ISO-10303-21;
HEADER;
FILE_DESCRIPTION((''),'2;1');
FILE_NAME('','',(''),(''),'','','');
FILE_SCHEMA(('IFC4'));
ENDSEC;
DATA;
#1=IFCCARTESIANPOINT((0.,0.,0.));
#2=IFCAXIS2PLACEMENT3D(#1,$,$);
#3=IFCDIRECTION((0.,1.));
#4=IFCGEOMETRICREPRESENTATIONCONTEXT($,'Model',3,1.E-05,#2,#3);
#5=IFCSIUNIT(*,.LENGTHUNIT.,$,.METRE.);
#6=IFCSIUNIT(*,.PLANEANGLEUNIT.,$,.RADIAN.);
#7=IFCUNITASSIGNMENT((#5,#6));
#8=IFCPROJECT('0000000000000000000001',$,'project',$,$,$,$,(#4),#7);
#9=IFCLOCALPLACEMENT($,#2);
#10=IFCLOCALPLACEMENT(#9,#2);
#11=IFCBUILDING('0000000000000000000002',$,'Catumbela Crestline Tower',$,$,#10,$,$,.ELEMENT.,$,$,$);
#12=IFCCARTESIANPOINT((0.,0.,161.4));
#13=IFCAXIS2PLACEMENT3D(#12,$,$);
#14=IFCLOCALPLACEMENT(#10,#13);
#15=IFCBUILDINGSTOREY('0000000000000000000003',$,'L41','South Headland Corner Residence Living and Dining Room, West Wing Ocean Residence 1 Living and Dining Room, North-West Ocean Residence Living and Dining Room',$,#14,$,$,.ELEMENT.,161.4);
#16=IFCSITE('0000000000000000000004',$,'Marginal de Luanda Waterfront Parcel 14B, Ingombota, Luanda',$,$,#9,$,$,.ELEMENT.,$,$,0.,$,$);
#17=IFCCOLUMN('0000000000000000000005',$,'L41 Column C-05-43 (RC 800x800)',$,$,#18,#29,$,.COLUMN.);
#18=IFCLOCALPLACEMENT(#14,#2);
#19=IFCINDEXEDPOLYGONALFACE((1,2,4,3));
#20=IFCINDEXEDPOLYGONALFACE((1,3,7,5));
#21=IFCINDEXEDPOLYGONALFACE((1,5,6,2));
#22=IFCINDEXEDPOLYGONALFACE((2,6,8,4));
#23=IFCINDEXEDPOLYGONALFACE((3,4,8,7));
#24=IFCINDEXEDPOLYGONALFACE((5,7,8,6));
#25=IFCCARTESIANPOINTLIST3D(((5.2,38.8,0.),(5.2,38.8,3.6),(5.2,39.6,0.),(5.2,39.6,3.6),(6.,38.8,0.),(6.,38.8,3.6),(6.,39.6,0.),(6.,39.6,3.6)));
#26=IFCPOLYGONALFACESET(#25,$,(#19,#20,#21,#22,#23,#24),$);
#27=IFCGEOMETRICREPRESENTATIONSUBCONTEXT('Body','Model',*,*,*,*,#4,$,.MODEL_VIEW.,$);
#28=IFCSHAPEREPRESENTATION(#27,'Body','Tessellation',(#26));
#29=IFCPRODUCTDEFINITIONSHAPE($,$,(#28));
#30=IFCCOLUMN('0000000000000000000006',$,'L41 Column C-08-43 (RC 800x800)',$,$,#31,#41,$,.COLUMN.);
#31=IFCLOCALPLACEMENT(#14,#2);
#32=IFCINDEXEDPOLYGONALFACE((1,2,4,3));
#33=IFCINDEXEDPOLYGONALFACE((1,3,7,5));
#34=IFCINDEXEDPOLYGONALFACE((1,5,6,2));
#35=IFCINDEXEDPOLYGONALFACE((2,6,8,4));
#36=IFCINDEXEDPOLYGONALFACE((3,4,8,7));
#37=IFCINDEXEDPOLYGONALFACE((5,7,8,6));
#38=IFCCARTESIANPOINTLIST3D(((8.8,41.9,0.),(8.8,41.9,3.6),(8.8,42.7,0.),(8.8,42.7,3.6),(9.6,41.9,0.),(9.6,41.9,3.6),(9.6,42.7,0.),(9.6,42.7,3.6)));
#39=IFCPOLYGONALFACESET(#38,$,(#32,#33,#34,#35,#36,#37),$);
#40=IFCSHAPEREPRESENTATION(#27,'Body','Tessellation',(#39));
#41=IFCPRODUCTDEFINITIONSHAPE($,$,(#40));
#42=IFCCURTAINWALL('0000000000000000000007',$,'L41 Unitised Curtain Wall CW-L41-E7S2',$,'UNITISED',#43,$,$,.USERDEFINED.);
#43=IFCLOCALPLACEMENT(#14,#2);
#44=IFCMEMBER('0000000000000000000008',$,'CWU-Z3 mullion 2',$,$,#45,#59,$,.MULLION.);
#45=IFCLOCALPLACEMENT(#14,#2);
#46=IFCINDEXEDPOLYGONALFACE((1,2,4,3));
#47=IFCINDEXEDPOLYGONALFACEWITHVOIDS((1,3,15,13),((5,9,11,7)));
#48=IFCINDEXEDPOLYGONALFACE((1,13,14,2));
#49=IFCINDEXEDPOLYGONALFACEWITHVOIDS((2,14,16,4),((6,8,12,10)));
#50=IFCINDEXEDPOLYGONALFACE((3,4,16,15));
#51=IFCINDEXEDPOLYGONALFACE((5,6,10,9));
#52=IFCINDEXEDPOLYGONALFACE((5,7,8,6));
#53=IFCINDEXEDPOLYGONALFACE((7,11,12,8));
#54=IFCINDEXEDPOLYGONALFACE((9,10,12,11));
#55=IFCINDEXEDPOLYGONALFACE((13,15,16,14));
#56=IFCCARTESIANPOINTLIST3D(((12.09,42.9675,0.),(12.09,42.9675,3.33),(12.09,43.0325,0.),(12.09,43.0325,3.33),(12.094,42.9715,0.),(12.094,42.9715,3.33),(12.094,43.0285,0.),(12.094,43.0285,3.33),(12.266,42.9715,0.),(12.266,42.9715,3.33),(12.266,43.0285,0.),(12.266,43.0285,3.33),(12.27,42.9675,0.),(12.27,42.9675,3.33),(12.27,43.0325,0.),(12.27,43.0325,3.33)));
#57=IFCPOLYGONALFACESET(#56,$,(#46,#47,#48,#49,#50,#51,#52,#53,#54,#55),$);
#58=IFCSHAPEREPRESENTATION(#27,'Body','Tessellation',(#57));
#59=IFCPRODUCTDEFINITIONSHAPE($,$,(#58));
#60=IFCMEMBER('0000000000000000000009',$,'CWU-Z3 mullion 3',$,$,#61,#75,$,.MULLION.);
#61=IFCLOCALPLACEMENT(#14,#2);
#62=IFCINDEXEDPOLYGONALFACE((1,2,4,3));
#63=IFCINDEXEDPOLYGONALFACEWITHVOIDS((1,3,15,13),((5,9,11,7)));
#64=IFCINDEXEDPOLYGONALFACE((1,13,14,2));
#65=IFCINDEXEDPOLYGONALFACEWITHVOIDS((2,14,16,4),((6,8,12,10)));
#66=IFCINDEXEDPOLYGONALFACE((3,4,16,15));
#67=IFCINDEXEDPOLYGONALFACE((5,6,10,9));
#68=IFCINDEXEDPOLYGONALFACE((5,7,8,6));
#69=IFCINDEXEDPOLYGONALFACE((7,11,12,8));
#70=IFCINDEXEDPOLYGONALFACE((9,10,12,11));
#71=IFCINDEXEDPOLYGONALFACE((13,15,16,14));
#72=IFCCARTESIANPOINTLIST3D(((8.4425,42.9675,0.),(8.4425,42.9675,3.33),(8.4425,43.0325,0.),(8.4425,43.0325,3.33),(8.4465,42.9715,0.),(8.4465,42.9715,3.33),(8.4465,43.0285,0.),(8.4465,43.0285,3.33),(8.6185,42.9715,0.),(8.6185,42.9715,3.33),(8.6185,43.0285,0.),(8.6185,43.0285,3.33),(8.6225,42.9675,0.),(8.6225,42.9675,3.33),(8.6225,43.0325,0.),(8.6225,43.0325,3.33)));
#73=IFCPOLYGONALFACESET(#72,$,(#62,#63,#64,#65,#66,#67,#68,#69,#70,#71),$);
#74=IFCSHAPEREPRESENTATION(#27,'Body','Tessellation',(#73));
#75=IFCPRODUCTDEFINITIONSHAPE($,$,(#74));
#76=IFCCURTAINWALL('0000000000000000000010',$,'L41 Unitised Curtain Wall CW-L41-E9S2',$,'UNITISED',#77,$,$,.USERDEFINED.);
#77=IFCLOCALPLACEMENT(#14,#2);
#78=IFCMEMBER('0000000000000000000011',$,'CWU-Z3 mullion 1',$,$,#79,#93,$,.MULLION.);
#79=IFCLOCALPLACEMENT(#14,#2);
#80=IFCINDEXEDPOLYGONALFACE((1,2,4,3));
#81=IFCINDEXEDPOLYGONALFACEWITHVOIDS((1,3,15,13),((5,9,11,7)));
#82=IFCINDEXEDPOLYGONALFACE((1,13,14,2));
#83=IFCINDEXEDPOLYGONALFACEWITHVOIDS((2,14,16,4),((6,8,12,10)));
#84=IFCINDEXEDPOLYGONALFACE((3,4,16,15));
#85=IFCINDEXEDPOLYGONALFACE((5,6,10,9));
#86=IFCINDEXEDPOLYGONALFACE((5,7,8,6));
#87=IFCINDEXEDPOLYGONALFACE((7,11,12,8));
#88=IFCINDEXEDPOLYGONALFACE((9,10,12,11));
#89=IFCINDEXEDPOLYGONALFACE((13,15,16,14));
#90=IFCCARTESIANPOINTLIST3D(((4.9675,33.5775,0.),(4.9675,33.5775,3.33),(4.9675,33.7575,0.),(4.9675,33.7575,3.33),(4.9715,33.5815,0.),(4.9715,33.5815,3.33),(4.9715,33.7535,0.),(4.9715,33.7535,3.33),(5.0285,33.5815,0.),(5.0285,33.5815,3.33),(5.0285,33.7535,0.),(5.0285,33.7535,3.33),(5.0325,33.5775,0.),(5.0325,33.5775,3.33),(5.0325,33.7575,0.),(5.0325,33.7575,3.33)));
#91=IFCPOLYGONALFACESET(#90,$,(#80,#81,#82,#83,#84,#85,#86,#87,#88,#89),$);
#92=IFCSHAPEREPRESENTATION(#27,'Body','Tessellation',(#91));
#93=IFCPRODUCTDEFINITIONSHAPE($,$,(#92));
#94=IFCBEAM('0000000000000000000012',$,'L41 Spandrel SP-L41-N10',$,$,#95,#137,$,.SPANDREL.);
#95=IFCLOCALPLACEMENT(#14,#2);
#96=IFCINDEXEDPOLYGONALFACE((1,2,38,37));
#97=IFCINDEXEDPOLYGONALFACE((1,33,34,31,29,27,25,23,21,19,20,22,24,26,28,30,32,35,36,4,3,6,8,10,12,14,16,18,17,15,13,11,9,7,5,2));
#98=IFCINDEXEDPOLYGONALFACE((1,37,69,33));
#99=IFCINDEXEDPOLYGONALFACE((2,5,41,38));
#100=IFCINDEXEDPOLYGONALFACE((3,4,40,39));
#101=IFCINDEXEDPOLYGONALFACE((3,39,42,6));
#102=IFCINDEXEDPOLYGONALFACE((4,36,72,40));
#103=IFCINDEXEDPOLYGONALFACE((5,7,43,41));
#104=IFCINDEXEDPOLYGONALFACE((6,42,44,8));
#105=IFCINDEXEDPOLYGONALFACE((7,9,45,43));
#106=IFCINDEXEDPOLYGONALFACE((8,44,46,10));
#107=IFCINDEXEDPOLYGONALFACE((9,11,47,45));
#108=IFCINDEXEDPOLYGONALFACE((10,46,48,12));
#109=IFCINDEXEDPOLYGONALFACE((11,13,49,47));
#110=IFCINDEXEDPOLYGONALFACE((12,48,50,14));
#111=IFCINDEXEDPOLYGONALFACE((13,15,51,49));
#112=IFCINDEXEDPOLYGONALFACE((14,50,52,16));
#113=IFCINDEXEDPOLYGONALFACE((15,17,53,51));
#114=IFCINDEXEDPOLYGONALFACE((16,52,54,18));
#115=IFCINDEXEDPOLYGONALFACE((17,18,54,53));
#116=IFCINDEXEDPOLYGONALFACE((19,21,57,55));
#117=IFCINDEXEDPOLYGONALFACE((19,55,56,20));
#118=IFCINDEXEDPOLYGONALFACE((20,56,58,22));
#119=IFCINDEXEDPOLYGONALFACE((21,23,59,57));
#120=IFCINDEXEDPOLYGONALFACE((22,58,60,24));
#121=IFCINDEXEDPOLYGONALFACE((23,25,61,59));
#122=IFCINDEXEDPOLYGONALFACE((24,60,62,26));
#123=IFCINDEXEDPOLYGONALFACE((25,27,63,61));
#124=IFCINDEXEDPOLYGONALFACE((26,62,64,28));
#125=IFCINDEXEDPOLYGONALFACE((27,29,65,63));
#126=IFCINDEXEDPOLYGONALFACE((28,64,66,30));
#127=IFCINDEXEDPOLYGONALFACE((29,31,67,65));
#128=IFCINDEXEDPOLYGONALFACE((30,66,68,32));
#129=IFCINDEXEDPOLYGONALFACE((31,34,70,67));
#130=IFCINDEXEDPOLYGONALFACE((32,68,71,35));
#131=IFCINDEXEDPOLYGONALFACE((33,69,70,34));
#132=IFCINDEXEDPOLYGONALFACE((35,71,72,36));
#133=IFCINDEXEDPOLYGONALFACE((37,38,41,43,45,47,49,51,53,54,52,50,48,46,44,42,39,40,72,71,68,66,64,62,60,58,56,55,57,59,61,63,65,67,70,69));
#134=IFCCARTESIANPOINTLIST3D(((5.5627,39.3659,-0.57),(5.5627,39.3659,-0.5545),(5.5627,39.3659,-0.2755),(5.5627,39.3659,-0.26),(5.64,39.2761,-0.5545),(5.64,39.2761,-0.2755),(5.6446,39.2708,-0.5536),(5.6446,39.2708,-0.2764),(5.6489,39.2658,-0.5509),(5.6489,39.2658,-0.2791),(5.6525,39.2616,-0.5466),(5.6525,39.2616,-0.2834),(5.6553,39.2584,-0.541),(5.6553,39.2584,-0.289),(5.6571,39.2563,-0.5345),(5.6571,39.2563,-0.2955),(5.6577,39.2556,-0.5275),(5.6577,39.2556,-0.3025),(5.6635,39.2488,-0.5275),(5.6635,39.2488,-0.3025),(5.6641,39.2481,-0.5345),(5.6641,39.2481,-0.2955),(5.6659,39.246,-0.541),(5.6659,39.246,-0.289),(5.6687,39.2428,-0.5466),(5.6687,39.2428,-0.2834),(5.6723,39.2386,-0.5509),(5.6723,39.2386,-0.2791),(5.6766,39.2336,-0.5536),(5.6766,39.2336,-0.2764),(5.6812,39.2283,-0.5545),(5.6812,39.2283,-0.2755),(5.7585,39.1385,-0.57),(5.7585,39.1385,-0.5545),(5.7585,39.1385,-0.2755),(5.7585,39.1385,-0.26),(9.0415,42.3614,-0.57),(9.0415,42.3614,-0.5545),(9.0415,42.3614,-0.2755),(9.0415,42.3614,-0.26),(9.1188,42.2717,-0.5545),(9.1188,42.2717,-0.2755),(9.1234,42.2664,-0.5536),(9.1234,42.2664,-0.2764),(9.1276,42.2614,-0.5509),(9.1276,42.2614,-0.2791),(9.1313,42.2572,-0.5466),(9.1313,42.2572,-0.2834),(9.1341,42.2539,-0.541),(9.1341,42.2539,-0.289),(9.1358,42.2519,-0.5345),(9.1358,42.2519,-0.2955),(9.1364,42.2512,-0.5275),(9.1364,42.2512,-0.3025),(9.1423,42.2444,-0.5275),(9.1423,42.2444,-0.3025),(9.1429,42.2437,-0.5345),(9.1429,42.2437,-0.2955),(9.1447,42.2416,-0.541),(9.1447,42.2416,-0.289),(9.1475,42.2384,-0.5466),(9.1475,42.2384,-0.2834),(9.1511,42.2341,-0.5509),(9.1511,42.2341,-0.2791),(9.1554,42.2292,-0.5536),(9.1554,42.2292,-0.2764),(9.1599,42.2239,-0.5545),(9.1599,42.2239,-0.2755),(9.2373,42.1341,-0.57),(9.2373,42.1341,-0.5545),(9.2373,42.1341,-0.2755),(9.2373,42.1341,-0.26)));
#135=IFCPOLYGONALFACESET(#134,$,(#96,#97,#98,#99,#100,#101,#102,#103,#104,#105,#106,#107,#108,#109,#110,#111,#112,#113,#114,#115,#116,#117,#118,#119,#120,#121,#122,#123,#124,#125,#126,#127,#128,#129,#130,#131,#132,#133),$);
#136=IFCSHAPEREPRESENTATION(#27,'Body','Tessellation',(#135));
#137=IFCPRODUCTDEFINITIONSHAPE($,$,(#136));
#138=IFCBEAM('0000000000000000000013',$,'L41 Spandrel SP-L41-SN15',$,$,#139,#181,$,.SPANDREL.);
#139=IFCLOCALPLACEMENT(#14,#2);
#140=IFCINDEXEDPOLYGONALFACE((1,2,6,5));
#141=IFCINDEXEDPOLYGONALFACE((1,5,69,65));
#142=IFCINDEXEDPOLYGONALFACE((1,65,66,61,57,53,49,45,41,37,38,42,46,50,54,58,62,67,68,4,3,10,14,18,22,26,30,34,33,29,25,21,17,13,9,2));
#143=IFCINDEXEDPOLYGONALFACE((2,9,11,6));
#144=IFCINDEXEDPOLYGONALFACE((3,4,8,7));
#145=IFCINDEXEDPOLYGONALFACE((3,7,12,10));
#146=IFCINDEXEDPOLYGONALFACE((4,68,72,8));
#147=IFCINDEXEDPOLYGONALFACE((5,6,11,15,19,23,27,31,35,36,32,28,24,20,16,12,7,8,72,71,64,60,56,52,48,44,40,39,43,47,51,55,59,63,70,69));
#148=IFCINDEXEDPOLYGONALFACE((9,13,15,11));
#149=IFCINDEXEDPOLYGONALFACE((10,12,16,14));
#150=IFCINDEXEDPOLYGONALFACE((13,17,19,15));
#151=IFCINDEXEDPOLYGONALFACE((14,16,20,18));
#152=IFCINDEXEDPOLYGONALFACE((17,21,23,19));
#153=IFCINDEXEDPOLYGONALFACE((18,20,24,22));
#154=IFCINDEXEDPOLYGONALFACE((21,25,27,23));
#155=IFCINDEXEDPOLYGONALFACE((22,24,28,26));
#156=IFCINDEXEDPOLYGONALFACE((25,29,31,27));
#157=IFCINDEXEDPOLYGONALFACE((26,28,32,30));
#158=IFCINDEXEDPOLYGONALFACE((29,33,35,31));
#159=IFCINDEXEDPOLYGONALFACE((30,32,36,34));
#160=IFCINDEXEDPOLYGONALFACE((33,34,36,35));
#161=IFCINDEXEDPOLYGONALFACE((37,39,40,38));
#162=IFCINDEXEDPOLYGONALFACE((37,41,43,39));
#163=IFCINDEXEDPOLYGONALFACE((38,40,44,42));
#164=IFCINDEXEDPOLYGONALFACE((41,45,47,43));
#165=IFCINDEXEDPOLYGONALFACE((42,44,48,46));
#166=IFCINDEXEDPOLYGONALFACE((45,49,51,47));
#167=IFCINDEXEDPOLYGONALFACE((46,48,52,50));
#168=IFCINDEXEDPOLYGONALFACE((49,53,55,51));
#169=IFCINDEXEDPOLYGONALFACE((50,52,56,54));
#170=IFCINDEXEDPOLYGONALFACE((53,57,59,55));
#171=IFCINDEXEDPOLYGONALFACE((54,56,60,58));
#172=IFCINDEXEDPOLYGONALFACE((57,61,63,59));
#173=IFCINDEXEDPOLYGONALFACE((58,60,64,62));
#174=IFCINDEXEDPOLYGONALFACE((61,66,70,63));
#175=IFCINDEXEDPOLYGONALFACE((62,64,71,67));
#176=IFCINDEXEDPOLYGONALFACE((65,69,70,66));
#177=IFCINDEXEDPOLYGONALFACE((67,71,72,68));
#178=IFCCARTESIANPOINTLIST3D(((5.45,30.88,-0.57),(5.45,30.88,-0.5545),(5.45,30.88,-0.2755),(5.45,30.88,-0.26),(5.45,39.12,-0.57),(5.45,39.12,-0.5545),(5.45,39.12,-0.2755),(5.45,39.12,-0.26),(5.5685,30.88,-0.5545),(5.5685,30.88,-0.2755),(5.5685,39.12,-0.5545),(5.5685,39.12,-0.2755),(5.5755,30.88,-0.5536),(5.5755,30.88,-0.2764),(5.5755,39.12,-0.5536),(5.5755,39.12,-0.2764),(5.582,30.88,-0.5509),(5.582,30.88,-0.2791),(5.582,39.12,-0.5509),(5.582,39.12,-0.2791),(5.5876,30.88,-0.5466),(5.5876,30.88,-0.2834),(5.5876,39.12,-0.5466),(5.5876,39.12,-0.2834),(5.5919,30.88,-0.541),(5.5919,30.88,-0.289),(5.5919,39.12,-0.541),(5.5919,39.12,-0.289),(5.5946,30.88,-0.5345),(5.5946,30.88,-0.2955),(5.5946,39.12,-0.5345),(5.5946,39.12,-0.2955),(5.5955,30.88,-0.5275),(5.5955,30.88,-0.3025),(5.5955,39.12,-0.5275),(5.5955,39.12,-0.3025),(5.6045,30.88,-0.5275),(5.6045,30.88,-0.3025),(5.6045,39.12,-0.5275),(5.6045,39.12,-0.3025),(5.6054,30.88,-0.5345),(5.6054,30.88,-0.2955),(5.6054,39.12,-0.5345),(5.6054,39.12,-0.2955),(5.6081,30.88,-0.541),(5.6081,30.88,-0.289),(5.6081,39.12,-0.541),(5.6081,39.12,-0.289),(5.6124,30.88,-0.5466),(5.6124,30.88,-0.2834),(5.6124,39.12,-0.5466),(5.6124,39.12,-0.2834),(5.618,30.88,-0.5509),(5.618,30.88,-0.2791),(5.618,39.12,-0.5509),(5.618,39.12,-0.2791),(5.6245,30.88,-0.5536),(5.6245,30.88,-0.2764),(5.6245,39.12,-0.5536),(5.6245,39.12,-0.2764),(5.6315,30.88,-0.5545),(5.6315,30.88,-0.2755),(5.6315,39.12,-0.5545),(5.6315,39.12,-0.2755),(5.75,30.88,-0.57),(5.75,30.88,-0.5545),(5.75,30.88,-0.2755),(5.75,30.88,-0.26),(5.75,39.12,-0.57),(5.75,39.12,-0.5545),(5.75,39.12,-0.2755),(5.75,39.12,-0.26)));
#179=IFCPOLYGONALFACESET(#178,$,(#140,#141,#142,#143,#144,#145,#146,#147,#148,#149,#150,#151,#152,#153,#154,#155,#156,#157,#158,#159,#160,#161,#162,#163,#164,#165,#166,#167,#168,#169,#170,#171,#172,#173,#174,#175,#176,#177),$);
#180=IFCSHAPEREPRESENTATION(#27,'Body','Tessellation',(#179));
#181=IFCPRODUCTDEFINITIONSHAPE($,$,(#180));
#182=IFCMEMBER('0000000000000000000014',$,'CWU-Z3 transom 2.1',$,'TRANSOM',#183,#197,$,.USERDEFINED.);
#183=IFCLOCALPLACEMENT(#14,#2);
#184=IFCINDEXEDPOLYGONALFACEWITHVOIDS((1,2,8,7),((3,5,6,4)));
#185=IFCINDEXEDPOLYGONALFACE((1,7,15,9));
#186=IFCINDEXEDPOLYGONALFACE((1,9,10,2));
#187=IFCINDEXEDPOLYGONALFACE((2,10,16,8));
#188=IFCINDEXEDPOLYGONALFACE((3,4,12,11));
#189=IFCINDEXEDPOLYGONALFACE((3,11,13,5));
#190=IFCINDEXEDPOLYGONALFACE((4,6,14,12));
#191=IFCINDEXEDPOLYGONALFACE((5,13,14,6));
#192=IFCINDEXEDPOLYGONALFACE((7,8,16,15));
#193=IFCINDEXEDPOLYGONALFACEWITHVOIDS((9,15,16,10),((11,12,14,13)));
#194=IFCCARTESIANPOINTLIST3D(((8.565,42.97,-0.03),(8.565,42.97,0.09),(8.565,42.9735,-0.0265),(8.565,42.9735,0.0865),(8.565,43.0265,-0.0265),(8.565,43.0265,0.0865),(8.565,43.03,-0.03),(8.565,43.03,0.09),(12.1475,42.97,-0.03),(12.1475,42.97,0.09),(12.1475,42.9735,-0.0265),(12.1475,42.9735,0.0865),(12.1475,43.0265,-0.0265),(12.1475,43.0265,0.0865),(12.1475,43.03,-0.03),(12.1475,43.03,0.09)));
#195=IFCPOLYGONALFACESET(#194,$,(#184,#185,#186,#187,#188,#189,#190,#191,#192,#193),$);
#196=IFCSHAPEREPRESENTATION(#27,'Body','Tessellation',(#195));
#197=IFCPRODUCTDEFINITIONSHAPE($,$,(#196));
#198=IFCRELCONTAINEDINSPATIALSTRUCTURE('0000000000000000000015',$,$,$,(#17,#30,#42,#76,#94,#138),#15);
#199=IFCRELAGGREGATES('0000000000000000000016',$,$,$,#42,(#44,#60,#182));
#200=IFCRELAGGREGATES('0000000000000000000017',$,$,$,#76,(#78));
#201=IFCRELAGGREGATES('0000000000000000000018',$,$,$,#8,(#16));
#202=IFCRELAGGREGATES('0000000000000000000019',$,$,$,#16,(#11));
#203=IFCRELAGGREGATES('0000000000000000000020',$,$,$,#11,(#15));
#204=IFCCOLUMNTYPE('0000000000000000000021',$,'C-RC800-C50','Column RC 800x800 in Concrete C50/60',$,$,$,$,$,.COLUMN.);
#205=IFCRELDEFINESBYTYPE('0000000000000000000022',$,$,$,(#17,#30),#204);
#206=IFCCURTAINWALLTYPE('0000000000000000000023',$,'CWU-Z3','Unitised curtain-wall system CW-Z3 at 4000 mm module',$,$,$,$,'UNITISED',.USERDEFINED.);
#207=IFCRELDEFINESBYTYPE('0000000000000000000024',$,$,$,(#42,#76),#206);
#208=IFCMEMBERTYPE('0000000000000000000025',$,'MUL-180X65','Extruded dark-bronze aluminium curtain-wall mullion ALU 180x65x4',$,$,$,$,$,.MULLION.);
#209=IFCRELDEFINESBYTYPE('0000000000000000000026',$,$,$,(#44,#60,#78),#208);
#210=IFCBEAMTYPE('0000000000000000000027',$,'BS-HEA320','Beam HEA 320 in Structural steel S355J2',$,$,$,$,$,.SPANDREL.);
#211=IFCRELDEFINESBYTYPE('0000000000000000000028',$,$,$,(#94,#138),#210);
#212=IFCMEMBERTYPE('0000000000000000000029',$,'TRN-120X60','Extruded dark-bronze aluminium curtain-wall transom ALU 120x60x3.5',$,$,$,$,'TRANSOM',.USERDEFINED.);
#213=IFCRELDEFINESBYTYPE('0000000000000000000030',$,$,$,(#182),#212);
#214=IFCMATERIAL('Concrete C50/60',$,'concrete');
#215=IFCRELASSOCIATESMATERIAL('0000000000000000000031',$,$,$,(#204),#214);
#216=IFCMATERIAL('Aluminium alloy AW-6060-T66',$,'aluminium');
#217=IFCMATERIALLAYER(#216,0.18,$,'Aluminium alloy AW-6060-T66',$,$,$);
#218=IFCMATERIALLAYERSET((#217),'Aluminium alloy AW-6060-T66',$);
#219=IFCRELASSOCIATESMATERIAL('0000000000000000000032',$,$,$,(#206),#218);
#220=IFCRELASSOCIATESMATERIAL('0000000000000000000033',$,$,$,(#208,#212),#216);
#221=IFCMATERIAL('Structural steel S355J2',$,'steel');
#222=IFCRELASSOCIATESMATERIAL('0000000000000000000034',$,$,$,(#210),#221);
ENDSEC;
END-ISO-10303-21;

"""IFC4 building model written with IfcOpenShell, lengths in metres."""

from ifc_helpers import new_model, si_unit, direction, frame, origin, origin_2d, place, context, subcontext, project, spatial, rectangle, hollow_rectangle, i_section, extrude, material, layer, layer_set, material_profile, profile_set, type_object, element, aggregate, save


model = new_model("IFC4")

# Units and contexts
model_context = context("Model", 3, precision=1e-05, world=origin(), true_north=direction((0.0, 1.0)))
body_context = subcontext(model_context, "Body", "Model", "MODEL_VIEW")
ifc_project = project(units=[si_unit("LENGTHUNIT", "METRE"), si_unit("PLANEANGLEUNIT", "RADIAN")], contexts=[model_context])

# Site, building, storey
site_placement = place(None, origin())
site = spatial("IfcSite", under=ifc_project, at=site_placement, Name="Marginal de Luanda Waterfront Parcel 14B, Ingombota, Luanda", CompositionType="ELEMENT", RefElevation=0.0)
building_placement = place(site_placement, origin())
building = spatial("IfcBuilding", under=site, at=building_placement, Name="Catumbela Crestline Tower", CompositionType="ELEMENT")
storey_placement = place(building_placement, frame((0.0, 0.0, 161.4)))
storey = spatial("IfcBuildingStorey", under=building, at=storey_placement, Name="L41", Description="South Headland Corner Residence Living and Dining Room, West Wing Ocean Residence 1 Living and Dining Room, North-West Ocean Residence Living and Dining Room", CompositionType="ELEMENT", Elevation=161.4)

# Columns
ifc_material_1 = material(Name="Concrete C50/60", Category="concrete")
ifc_material_profile_1 = material_profile(ifc_material_1, rectangle(XDim=0.8, YDim=0.8, at=origin_2d()), Name="RC 800x800")
ifc_profile_set_1 = profile_set([ifc_material_profile_1], Name="Concrete C50/60")
column_type = type_object("IfcColumnType", Name="C-RC800-C50", Description="Column RC 800x800 in Concrete C50/60", PredefinedType="COLUMN", material=ifc_profile_set_1)
for number, where, z_axis, x_axis, name in (
    (1, (5.6, 39.2, 0.0), (0.0, 0.0, 1.0), (1.0, 0.0, 0.0), "L41 Column C-05-43 (RC 800x800)"),
    (2, (9.2, 42.3, 0.0), (0.0, 0.0, 1.0), (1.0, 0.0, 0.0), "L41 Column C-08-43 (RC 800x800)"),
):
    element("IfcColumn", number, at=place(storey_placement, frame(where, z_axis=z_axis, x_axis=x_axis)), inside=storey, type_object=column_type, Name=name, PredefinedType="COLUMN", context=body_context, shape_type="SweptSolid", body=[
        extrude(rectangle(XDim=0.8, YDim=0.8, at=origin_2d()), origin(), (0.0, 0.0, 1.0), 3.6),
    ])

# Curtain wall, members
ifc_material_2 = material(Name="Aluminium alloy AW-6060-T66", Category="aluminium")
ifc_layer_1 = layer(ifc_material_2, 0.18, Name="Aluminium alloy AW-6060-T66")
ifc_layer_set_1 = layer_set([ifc_layer_1], Name="Aluminium alloy AW-6060-T66")
curtain_wall_type = type_object("IfcCurtainWallType", Name="CWU-Z3", Description="Unitised curtain-wall system CW-Z3 at 4000 mm module", ElementType="UNITISED", PredefinedType="USERDEFINED", material=ifc_layer_set_1)
curtain_wall_1_placement = place(storey_placement, origin())
curtain_wall_1 = element("IfcCurtainWall", 3, at=curtain_wall_1_placement, inside=storey, type_object=curtain_wall_type, Name="L41 Unitised Curtain Wall CW-L41-E7S2", ObjectType="UNITISED", PredefinedType="USERDEFINED")
ifc_material_profile_2 = material_profile(ifc_material_2, hollow_rectangle(XDim=0.065, YDim=0.18, WallThickness=0.004, at=origin_2d()), Name="ALU 180x65x4")
ifc_profile_set_2 = profile_set([ifc_material_profile_2], Name="Aluminium alloy AW-6060-T66")
member_type_1 = type_object("IfcMemberType", Name="MUL-180X65", Description="Extruded dark-bronze aluminium curtain-wall mullion ALU 180x65x4", PredefinedType="MULLION", material=ifc_profile_set_2)
member_1_placement = place(storey_placement, frame((12.18, 43.0, 0.0), z_axis=(0.0, 0.0, 1.0), x_axis=(0.0, -1.0, 0.0)))
member_1 = element("IfcMember", 4, at=member_1_placement, type_object=member_type_1, Name="CWU-Z3 mullion 2", PredefinedType="MULLION", context=body_context, shape_type="SweptSolid", body=[
    extrude(hollow_rectangle(XDim=0.065, YDim=0.18, WallThickness=0.004, at=origin_2d()), origin(), (0.0, 0.0, 1.0), 3.33),
])
member_2_placement = place(storey_placement, frame((8.5325, 43.0, 0.0), z_axis=(0.0, 0.0, 1.0), x_axis=(0.0, -1.0, 0.0)))
member_2 = element("IfcMember", 5, at=member_2_placement, type_object=member_type_1, Name="CWU-Z3 mullion 3", PredefinedType="MULLION", context=body_context, shape_type="SweptSolid", body=[
    extrude(hollow_rectangle(XDim=0.065, YDim=0.18, WallThickness=0.004, at=origin_2d()), origin(), (0.0, 0.0, 1.0), 3.33),
])

# Curtain wall, member
curtain_wall_2_placement = place(storey_placement, origin())
curtain_wall_2 = element("IfcCurtainWall", 6, at=curtain_wall_2_placement, inside=storey, type_object=curtain_wall_type, Name="L41 Unitised Curtain Wall CW-L41-E9S2", ObjectType="UNITISED", PredefinedType="USERDEFINED")
member_3_placement = place(storey_placement, frame((5.0, 33.6675, 0.0), z_axis=(0.0, 0.0, 1.0), x_axis=(1.0, 0.0, 0.0)))
member_3 = element("IfcMember", 7, at=member_3_placement, type_object=member_type_1, Name="CWU-Z3 mullion 1", PredefinedType="MULLION", context=body_context, shape_type="SweptSolid", body=[
    extrude(hollow_rectangle(XDim=0.065, YDim=0.18, WallThickness=0.004, at=origin_2d()), origin(), (0.0, 0.0, 1.0), 3.33),
])

# Beams
ifc_material_3 = material(Name="Structural steel S355J2", Category="steel")
ifc_material_profile_3 = material_profile(ifc_material_3, i_section(OverallWidth=0.3, OverallDepth=0.31, WebThickness=0.009, FlangeThickness=0.0155, FilletRadius=0.027, at=origin_2d()), Name="HEA 320")
ifc_profile_set_3 = profile_set([ifc_material_profile_3], Name="Structural steel S355J2")
beam_type = type_object("IfcBeamType", Name="BS-HEA320", Description="Beam HEA 320 in Structural steel S355J2", PredefinedType="SPANDREL", material=ifc_profile_set_3)
beam_1_placement = place(storey_placement, frame((5.6606, 39.2522, -0.415), z_axis=(0.757772, 0.652519, 0.0), x_axis=(-0.652519, 0.757772, 0.0)))
element("IfcBeam", 8, at=beam_1_placement, inside=storey, type_object=beam_type, Name="L41 Spandrel SP-L41-N10", PredefinedType="SPANDREL", context=body_context, shape_type="SweptSolid", body=[
    extrude(i_section(OverallWidth=0.3, OverallDepth=0.31, WebThickness=0.009, FlangeThickness=0.0155, FilletRadius=0.027, at=origin_2d()), origin(), (0.0, 0.0, 1.0), 4.5908),
])
beam_2_placement = place(storey_placement, frame((5.6, 30.88, -0.415), z_axis=(0.0, 1.0, 0.0), x_axis=(-1.0, 0.0, 0.0)))
element("IfcBeam", 9, at=beam_2_placement, inside=storey, type_object=beam_type, Name="L41 Spandrel SP-L41-SN15", PredefinedType="SPANDREL", context=body_context, shape_type="SweptSolid", body=[
    extrude(i_section(OverallWidth=0.3, OverallDepth=0.31, WebThickness=0.009, FlangeThickness=0.0155, FilletRadius=0.027, at=origin_2d()), origin(), (0.0, 0.0, 1.0), 8.24),
])

# Member
ifc_material_profile_4 = material_profile(ifc_material_2, hollow_rectangle(XDim=0.06, YDim=0.12, WallThickness=0.0035, at=origin_2d()), Name="ALU 120x60x3.5")
ifc_profile_set_4 = profile_set([ifc_material_profile_4], Name="Aluminium alloy AW-6060-T66")
member_type_2 = type_object("IfcMemberType", Name="TRN-120X60", Description="Extruded dark-bronze aluminium curtain-wall transom ALU 120x60x3.5", ElementType="TRANSOM", PredefinedType="USERDEFINED", material=ifc_profile_set_4)
member_4_placement = place(storey_placement, frame((12.1475, 43.0, 0.03), z_axis=(-1.0, 0.0, 0.0), x_axis=(0.0, -1.0, 0.0)))
member_4 = element("IfcMember", 10, at=member_4_placement, type_object=member_type_2, Name="CWU-Z3 transom 2.1", ObjectType="TRANSOM", PredefinedType="USERDEFINED", context=body_context, shape_type="SweptSolid", body=[
    extrude(hollow_rectangle(XDim=0.06, YDim=0.12, WallThickness=0.0035, at=origin_2d()), origin(), (0.0, 0.0, 1.0), 3.5825),
])

aggregate(curtain_wall_1, [member_1, member_2, member_4])
aggregate(curtain_wall_2, [member_3])

save(model, "model.ifc")
